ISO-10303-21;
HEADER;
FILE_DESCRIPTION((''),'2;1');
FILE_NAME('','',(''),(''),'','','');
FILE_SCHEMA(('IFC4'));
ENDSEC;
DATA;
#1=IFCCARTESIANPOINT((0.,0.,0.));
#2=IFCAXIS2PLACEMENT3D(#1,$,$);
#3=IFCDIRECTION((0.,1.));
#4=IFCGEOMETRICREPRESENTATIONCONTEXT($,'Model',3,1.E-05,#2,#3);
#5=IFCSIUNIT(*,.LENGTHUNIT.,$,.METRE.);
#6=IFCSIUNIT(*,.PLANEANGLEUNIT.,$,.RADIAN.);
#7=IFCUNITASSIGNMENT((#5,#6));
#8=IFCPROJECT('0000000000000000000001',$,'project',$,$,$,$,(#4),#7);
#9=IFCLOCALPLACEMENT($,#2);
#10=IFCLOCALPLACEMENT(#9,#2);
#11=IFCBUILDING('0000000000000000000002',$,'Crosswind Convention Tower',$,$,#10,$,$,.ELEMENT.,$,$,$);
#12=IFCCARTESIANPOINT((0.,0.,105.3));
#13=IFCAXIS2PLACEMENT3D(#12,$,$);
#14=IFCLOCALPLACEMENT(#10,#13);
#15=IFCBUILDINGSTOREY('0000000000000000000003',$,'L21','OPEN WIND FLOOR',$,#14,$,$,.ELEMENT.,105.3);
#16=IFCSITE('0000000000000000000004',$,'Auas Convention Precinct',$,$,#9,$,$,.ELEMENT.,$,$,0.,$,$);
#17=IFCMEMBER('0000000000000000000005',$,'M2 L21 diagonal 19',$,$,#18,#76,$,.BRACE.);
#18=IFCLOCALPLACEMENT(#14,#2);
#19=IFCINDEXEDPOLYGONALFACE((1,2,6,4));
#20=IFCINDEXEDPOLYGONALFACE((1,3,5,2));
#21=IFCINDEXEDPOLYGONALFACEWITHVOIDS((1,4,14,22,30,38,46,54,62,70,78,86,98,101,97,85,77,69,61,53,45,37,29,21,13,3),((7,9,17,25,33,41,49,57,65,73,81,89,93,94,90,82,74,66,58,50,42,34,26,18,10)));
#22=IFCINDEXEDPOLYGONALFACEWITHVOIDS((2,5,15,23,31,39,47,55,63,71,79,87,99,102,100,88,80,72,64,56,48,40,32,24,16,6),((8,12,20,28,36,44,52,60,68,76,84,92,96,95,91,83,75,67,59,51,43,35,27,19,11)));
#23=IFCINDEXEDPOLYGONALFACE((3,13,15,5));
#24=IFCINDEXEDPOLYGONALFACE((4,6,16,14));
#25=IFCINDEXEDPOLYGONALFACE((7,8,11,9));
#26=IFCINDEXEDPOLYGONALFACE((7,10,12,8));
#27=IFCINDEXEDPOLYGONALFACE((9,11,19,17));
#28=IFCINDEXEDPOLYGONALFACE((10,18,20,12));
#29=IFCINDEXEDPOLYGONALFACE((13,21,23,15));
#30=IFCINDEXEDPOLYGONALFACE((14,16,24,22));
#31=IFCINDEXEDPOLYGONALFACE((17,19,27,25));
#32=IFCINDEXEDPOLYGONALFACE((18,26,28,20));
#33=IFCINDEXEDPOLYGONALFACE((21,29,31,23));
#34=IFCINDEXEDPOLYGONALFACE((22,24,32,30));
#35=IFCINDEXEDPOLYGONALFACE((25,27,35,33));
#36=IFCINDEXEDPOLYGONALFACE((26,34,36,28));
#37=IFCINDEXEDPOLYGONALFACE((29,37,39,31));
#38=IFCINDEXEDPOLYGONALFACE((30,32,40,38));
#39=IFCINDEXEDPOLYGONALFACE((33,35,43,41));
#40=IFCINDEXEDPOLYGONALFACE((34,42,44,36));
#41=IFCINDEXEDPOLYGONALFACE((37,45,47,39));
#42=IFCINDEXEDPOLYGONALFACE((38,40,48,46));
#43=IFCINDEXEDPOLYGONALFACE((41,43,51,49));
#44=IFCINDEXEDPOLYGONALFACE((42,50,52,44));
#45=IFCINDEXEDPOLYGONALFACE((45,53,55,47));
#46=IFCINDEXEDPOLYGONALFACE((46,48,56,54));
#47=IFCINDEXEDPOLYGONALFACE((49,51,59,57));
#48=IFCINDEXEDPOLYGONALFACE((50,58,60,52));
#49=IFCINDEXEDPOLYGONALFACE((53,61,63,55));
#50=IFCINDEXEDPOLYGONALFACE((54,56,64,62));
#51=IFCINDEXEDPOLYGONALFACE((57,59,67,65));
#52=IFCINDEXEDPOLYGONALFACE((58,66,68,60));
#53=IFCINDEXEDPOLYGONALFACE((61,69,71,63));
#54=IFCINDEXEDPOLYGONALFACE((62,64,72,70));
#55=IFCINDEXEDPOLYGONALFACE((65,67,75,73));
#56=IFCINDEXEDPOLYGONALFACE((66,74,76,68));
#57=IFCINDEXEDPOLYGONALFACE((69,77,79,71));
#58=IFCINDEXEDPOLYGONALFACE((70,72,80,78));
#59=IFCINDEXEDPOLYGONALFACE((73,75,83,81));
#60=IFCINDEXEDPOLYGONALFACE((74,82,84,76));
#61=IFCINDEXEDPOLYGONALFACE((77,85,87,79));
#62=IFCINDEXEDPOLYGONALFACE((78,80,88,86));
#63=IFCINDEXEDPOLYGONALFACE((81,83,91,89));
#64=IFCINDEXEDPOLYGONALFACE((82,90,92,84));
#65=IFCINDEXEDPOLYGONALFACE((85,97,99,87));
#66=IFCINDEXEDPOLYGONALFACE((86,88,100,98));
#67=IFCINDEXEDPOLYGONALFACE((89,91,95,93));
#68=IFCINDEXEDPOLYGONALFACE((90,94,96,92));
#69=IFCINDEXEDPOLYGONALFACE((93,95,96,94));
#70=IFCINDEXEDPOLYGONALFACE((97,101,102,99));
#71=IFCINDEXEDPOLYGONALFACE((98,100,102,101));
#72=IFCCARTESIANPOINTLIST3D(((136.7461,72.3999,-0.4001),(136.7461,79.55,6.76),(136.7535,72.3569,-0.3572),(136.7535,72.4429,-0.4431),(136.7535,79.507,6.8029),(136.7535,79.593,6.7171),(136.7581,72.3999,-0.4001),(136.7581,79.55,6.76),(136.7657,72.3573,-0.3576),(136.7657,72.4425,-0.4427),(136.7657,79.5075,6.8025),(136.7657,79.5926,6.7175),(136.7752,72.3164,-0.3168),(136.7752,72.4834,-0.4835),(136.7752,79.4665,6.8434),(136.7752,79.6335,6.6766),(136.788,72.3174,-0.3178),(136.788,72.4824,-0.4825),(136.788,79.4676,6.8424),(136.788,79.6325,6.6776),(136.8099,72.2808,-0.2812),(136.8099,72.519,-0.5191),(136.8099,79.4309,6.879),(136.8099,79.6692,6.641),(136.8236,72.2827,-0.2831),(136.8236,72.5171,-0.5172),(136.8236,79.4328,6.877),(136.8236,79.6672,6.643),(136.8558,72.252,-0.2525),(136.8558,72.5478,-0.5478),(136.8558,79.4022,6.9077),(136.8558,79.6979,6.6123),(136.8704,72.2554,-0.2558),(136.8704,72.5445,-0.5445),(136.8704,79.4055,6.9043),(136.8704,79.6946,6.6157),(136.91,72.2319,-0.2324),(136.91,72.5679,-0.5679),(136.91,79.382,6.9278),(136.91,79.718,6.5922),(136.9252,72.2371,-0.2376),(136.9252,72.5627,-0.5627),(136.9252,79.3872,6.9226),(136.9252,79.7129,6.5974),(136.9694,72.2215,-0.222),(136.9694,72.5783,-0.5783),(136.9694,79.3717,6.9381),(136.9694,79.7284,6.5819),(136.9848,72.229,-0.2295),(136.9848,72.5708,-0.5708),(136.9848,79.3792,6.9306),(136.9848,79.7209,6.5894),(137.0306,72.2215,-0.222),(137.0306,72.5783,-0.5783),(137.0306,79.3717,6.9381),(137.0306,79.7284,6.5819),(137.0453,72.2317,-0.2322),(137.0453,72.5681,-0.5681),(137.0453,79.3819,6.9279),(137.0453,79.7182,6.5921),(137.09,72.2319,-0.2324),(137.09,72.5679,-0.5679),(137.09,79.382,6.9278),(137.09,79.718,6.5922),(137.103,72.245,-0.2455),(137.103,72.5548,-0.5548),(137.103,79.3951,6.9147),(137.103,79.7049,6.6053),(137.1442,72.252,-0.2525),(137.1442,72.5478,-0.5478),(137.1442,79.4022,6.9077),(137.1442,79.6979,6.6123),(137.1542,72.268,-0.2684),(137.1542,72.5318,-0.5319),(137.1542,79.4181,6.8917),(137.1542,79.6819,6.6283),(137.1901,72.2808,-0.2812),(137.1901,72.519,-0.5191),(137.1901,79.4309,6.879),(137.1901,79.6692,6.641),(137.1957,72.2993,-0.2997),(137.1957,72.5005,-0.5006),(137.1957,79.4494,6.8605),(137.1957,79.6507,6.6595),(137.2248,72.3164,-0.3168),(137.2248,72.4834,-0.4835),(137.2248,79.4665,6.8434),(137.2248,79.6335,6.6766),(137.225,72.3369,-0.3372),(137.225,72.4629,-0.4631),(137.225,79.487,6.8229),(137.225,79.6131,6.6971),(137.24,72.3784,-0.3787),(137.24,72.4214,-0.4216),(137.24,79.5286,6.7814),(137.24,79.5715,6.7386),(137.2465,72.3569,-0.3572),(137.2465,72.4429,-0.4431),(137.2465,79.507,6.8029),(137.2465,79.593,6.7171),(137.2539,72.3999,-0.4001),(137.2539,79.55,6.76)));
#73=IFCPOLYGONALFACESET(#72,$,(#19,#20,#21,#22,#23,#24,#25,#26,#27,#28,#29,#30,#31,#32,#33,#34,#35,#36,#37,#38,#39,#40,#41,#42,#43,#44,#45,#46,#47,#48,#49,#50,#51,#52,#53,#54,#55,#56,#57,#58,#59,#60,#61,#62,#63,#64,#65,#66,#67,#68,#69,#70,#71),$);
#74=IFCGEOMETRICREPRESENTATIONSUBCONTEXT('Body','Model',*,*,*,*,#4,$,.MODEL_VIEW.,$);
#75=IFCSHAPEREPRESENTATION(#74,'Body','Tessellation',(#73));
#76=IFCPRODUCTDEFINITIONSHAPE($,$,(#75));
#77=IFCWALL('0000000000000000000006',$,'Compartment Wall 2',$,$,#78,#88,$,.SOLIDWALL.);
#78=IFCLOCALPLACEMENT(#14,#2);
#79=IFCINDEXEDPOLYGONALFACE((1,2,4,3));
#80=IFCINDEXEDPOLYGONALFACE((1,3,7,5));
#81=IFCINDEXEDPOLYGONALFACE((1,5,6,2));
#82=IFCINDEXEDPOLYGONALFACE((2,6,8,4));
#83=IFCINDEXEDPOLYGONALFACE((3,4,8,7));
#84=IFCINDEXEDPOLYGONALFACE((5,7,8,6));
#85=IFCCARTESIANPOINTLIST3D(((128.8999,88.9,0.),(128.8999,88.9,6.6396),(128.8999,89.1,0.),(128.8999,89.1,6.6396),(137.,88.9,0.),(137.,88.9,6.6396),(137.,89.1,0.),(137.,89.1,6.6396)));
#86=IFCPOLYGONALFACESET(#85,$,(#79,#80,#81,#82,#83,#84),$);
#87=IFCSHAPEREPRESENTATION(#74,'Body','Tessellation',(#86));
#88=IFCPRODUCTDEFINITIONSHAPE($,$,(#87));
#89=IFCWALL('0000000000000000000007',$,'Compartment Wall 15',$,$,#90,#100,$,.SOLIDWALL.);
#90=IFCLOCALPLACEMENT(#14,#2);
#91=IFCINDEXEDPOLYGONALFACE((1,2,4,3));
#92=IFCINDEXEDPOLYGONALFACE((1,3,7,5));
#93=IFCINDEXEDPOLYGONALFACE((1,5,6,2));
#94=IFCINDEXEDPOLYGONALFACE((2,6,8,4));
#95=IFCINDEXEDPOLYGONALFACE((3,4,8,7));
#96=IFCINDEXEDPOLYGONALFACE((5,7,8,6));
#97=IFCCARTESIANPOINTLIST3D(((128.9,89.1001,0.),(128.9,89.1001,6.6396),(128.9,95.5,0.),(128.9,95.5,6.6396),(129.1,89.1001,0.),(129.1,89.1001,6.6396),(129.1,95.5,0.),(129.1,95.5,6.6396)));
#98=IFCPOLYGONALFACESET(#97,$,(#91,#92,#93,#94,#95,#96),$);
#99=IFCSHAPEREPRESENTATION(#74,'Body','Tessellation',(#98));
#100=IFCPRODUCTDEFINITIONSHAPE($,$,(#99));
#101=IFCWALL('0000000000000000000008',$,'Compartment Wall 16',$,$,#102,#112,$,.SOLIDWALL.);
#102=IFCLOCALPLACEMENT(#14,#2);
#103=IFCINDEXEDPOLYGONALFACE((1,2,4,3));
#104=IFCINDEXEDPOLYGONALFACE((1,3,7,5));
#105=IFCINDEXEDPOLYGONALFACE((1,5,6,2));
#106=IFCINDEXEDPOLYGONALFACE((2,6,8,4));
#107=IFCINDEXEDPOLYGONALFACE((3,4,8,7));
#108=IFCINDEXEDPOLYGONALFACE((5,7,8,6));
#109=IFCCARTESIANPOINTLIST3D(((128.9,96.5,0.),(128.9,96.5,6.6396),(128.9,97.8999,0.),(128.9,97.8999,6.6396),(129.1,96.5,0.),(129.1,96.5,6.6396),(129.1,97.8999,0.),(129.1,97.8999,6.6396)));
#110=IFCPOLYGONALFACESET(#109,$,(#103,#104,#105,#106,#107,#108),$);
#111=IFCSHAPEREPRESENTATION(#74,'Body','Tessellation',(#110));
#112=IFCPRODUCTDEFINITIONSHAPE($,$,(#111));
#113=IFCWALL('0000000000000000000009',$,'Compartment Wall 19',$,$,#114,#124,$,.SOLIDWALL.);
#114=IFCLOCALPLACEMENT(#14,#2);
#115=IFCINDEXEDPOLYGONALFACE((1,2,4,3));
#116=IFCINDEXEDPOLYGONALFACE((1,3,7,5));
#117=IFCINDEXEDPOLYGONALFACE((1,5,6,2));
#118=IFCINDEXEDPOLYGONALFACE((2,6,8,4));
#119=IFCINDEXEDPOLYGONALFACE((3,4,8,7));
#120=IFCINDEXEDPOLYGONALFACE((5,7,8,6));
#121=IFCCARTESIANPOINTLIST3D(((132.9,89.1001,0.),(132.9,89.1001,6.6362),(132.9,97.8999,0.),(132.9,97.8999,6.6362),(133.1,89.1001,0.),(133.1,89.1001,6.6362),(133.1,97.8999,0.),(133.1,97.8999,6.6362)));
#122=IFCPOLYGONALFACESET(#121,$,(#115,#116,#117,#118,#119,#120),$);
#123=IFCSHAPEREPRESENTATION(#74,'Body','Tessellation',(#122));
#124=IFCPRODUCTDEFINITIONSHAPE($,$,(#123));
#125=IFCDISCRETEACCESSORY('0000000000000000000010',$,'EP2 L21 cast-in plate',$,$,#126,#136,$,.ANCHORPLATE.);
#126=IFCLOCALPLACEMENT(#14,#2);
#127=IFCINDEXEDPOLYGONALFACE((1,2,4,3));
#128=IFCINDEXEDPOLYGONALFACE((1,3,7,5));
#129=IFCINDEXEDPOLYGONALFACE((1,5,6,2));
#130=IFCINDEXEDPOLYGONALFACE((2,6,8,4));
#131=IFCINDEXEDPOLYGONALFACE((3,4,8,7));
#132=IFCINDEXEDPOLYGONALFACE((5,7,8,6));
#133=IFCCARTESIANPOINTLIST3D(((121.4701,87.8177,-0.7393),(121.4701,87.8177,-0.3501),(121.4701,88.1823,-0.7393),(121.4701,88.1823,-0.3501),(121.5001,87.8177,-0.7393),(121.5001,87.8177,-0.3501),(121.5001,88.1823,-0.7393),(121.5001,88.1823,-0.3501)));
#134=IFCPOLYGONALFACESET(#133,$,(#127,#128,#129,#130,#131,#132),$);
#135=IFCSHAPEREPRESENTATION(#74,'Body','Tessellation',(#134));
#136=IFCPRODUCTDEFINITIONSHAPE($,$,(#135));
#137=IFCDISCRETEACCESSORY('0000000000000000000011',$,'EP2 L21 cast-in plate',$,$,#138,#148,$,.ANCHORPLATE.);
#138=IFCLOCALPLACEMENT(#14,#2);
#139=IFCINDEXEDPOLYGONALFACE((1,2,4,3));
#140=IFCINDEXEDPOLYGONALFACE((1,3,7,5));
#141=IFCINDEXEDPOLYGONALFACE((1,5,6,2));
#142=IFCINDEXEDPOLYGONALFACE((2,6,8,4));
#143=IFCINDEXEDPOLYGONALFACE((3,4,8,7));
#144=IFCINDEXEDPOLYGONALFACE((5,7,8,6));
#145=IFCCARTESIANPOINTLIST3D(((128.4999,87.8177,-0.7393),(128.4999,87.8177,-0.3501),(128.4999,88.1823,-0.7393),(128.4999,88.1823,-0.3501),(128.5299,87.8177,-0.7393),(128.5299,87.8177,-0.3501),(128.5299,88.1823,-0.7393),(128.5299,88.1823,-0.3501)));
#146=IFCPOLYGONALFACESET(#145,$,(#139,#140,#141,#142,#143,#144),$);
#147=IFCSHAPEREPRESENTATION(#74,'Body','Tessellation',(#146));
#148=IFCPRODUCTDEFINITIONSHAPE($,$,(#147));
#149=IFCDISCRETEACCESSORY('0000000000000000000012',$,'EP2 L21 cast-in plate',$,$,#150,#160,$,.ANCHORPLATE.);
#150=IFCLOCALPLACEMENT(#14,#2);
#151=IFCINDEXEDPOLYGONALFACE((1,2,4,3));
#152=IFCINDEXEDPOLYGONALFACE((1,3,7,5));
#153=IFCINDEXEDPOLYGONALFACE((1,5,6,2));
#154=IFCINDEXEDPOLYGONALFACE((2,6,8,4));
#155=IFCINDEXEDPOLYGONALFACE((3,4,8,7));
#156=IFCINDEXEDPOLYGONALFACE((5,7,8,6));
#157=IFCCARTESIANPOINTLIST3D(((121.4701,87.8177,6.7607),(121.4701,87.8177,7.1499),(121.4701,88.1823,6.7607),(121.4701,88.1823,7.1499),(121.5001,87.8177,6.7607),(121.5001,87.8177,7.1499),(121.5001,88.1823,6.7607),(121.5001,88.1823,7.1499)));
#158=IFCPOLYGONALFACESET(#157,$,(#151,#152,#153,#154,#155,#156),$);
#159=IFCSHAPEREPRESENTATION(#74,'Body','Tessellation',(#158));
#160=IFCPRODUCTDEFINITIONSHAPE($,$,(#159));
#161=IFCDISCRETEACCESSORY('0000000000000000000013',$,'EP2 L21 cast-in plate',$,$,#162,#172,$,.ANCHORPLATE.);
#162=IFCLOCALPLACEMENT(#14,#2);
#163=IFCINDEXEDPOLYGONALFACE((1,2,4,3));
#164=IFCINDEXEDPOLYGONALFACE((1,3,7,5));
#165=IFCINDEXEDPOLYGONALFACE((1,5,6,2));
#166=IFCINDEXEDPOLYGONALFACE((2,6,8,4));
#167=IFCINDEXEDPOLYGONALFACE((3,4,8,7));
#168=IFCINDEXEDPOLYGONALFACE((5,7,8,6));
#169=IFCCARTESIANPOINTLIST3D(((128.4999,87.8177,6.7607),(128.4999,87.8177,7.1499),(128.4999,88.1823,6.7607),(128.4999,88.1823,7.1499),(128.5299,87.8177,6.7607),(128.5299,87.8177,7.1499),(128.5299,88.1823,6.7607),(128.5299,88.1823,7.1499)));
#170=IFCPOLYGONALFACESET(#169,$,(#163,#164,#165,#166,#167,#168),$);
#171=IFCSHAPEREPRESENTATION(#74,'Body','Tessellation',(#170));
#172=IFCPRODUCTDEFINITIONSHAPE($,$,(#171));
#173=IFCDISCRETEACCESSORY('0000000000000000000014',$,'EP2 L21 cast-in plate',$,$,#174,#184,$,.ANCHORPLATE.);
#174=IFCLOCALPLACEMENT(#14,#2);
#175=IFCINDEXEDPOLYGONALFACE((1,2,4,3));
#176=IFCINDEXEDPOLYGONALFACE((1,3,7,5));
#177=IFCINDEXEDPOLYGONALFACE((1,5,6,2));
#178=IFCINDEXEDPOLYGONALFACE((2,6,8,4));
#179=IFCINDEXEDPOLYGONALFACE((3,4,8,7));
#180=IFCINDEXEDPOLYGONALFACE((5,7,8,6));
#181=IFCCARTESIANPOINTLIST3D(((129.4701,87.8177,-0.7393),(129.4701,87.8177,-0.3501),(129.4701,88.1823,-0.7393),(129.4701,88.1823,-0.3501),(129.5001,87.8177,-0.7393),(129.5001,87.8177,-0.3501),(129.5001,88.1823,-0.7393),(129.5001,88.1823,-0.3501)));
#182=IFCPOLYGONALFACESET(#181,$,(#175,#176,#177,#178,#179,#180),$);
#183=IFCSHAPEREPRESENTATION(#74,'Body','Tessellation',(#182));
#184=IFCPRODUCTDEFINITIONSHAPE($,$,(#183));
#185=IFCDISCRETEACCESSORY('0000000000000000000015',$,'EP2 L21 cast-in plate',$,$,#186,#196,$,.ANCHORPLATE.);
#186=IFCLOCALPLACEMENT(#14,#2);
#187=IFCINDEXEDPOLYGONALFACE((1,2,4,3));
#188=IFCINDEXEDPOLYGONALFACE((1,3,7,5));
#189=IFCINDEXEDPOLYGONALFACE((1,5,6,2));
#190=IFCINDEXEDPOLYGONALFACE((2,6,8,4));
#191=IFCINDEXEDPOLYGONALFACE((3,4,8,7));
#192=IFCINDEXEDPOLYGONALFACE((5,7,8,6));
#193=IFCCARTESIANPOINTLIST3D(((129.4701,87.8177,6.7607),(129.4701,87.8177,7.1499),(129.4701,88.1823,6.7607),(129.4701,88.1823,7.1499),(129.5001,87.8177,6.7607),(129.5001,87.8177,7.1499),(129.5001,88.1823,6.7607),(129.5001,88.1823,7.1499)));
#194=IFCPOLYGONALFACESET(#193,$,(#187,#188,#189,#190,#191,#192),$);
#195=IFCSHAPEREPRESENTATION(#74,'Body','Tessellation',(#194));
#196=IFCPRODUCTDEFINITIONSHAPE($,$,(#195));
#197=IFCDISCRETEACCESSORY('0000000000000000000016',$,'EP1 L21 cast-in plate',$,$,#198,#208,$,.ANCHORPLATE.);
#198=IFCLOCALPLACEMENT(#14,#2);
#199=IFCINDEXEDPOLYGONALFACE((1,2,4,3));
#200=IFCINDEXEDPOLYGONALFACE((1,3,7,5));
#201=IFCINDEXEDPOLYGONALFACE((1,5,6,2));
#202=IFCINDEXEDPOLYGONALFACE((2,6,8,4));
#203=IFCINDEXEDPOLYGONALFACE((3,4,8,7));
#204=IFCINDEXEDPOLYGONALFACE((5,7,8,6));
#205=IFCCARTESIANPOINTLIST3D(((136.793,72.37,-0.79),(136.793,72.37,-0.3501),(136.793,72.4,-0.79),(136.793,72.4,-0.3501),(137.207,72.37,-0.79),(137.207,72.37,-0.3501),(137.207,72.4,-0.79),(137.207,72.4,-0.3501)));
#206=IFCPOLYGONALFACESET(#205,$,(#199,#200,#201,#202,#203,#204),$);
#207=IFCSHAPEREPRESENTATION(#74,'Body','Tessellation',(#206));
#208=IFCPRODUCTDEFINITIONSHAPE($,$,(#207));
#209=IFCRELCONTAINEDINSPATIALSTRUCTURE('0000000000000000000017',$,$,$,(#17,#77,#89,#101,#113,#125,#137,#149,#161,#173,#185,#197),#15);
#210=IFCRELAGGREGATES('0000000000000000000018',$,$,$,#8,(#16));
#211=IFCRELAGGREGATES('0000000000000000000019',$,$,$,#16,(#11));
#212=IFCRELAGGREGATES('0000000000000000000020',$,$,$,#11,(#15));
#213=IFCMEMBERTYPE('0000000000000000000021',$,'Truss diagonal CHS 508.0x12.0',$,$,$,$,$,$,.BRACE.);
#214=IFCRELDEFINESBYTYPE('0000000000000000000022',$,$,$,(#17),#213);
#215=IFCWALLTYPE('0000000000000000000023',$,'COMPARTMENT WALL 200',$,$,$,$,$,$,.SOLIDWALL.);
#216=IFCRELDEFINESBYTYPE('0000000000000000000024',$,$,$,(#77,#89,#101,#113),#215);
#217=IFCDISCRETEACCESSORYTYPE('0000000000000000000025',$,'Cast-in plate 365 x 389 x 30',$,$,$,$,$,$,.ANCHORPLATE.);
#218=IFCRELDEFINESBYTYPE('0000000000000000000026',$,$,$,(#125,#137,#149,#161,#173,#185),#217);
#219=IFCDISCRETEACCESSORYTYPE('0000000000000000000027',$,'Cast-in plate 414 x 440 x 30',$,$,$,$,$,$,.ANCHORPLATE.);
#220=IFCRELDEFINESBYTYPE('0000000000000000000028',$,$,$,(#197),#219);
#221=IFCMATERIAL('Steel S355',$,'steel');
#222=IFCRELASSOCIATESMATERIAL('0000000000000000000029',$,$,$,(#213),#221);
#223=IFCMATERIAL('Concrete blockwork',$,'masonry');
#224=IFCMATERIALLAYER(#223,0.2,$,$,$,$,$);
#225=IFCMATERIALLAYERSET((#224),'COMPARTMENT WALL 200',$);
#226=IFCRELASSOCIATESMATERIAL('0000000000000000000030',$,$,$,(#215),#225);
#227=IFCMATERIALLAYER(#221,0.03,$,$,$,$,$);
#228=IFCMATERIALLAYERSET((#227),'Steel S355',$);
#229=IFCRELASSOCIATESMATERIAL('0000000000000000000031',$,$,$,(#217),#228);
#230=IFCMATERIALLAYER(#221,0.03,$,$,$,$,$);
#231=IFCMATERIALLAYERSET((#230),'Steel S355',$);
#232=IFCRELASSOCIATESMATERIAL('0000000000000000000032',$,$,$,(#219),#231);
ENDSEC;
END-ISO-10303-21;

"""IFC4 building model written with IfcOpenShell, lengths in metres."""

from ifc_helpers import new_model, si_unit, direction, frame, frame_2d, origin, origin_2d, place, context, subcontext, project, spatial, rectangle, hollow_circle, extrude, material, layer, layer_set, material_profile, profile_set, type_object, element, save


model = new_model("IFC4")

# Units and contexts
model_context = context("Model", 3, precision=1e-05, world=origin(), true_north=direction((0.0, 1.0)))
body_context = subcontext(model_context, "Body", "Model", "MODEL_VIEW")
ifc_project = project(units=[si_unit("LENGTHUNIT", "METRE"), si_unit("PLANEANGLEUNIT", "RADIAN")], contexts=[model_context])

# Site, building, storey
site_placement = place(None, origin())
site = spatial("IfcSite", under=ifc_project, at=site_placement, Name="Auas Convention Precinct", CompositionType="ELEMENT", RefElevation=0.0)
building_placement = place(site_placement, origin())
building = spatial("IfcBuilding", under=site, at=building_placement, Name="Crosswind Convention Tower", CompositionType="ELEMENT")
storey_placement = place(building_placement, frame((0.0, 0.0, 105.3)))
storey = spatial("IfcBuildingStorey", under=building, at=storey_placement, Name="L21", Description="OPEN WIND FLOOR", CompositionType="ELEMENT", Elevation=105.3)

# Shared definitions
ifc_material_1 = material(Name="Steel S355", Category="steel")

# Member
ifc_material_profile_1 = material_profile(ifc_material_1, hollow_circle(Radius=0.2539, WallThickness=0.012, at=origin_2d()), Name="CHS 508.0x12.0")
ifc_profile_set_1 = profile_set([ifc_material_profile_1], Name="Steel S355")
member_type_1 = type_object("IfcMemberType", Name="Truss diagonal CHS 508.0x12.0", PredefinedType="BRACE", material=ifc_profile_set_1)
member_1_placement = place(storey_placement, frame((137.0, 72.3999, -0.4001), z_axis=(0.0, 0.706612, 0.707601), x_axis=(-1.0, 0.0, 0.0)))
element("IfcMember", 1, at=member_1_placement, inside=storey, type_object=member_type_1, Name="M2 L21 diagonal 19", PredefinedType="BRACE", context=body_context, shape_type="SweptSolid", body=[
    extrude(hollow_circle(Radius=0.2539, WallThickness=0.012, at=origin_2d()), origin(), (0.0, 0.0, 1.0), 10.1189),
])

# Walls
ifc_material_2 = material(Name="Concrete blockwork", Category="masonry")
ifc_layer_1 = layer(ifc_material_2, 0.2)
ifc_layer_set_1 = layer_set([ifc_layer_1], Name="COMPARTMENT WALL 200")
wall_type = type_object("IfcWallType", Name="COMPARTMENT WALL 200", PredefinedType="SOLIDWALL", material=ifc_layer_set_1)
wall_1_placement = place(storey_placement, frame((128.8999, 89.0, 0.0), z_axis=(0.0, 0.0, 1.0), x_axis=(1.0, 0.0, 0.0)))
element("IfcWall", 2, at=wall_1_placement, inside=storey, type_object=wall_type, Name="Compartment Wall 2", PredefinedType="SOLIDWALL", context=body_context, shape_type="SweptSolid", body=[
    extrude(rectangle(XDim=8.1001, YDim=0.2, at=frame_2d((4.05, 0.0))), origin(), (0.0, 0.0, 1.0), 6.6396),
])
wall_2_placement = place(storey_placement, frame((129.0, 89.1001, 0.0), z_axis=(0.0, 0.0, 1.0), x_axis=(0.0, 1.0, 0.0)))
element("IfcWall", 3, at=wall_2_placement, inside=storey, type_object=wall_type, Name="Compartment Wall 15", PredefinedType="SOLIDWALL", context=body_context, shape_type="SweptSolid", body=[
    extrude(rectangle(XDim=6.3999, YDim=0.2, at=frame_2d((3.2, 0.0))), origin(), (0.0, 0.0, 1.0), 6.6396),
])
wall_3_placement = place(storey_placement, frame((129.0, 96.5, 0.0), z_axis=(0.0, 0.0, 1.0), x_axis=(0.0, 1.0, 0.0)))
element("IfcWall", 4, at=wall_3_placement, inside=storey, type_object=wall_type, Name="Compartment Wall 16", PredefinedType="SOLIDWALL", context=body_context, shape_type="SweptSolid", body=[
    extrude(rectangle(XDim=1.3999, YDim=0.2, at=frame_2d((0.7, 0.0))), origin(), (0.0, 0.0, 1.0), 6.6396),
])
wall_4_placement = place(storey_placement, frame((133.0, 89.1001, 0.0), z_axis=(0.0, 0.0, 1.0), x_axis=(0.0, 1.0, 0.0)))
element("IfcWall", 5, at=wall_4_placement, inside=storey, type_object=wall_type, Name="Compartment Wall 19", PredefinedType="SOLIDWALL", context=body_context, shape_type="SweptSolid", body=[
    extrude(rectangle(XDim=8.7998, YDim=0.2, at=frame_2d((4.3999, 0.0))), origin(), (0.0, 0.0, 1.0), 6.6362),
])

# Discrete accessories
ifc_layer_2 = layer(ifc_material_1, 0.03)
ifc_layer_set_2 = layer_set([ifc_layer_2], Name="Steel S355")
discrete_accessory_type_1 = type_object("IfcDiscreteAccessoryType", Name="Cast-in plate 365 x 389 x 30", PredefinedType="ANCHORPLATE", material=ifc_layer_set_2)
for number, where, z_axis, x_axis, name in (
    (6, (121.4851, 88.0, -0.7393), (0.0, 0.0, 1.0), (1.0, 0.0, 0.0), "EP2 L21 cast-in plate"),
    (7, (128.5149, 88.0, -0.7393), (0.0, 0.0, 1.0), (1.0, 0.0, 0.0), "EP2 L21 cast-in plate"),
    (8, (121.4851, 88.0, 6.7607), (0.0, 0.0, 1.0), (1.0, 0.0, 0.0), "EP2 L21 cast-in plate"),
    (9, (128.5149, 88.0, 6.7607), (0.0, 0.0, 1.0), (1.0, 0.0, 0.0), "EP2 L21 cast-in plate"),
    (10, (129.4851, 88.0, -0.7393), (0.0, 0.0, 1.0), (1.0, 0.0, 0.0), "EP2 L21 cast-in plate"),
    (11, (129.4851, 88.0, 6.7607), (0.0, 0.0, 1.0), (1.0, 0.0, 0.0), "EP2 L21 cast-in plate"),
):
    element("IfcDiscreteAccessory", number, at=place(storey_placement, frame(where, z_axis=z_axis, x_axis=x_axis)), inside=storey, type_object=discrete_accessory_type_1, Name=name, PredefinedType="ANCHORPLATE", context=body_context, shape_type="SweptSolid", body=[
        extrude(rectangle(XDim=0.03, YDim=0.3645, at=origin_2d()), origin(), (0.0, 0.0, 1.0), 0.3892),
    ])
ifc_layer_3 = layer(ifc_material_1, 0.03)
ifc_layer_set_3 = layer_set([ifc_layer_3], Name="Steel S355")
discrete_accessory_type_2 = type_object("IfcDiscreteAccessoryType", Name="Cast-in plate 414 x 440 x 30", PredefinedType="ANCHORPLATE", material=ifc_layer_set_3)
discrete_accessory_placement = place(storey_placement, frame((137.0, 72.385, -0.79), z_axis=(0.0, 0.0, 1.0), x_axis=(1.0, 0.0, 0.0)))
element("IfcDiscreteAccessory", 12, at=discrete_accessory_placement, inside=storey, type_object=discrete_accessory_type_2, Name="EP1 L21 cast-in plate", PredefinedType="ANCHORPLATE", context=body_context, shape_type="SweptSolid", body=[
    extrude(rectangle(XDim=0.4141, YDim=0.03, at=origin_2d()), origin(), (0.0, 0.0, 1.0), 0.4399),
])

save(model, "model.ifc")
